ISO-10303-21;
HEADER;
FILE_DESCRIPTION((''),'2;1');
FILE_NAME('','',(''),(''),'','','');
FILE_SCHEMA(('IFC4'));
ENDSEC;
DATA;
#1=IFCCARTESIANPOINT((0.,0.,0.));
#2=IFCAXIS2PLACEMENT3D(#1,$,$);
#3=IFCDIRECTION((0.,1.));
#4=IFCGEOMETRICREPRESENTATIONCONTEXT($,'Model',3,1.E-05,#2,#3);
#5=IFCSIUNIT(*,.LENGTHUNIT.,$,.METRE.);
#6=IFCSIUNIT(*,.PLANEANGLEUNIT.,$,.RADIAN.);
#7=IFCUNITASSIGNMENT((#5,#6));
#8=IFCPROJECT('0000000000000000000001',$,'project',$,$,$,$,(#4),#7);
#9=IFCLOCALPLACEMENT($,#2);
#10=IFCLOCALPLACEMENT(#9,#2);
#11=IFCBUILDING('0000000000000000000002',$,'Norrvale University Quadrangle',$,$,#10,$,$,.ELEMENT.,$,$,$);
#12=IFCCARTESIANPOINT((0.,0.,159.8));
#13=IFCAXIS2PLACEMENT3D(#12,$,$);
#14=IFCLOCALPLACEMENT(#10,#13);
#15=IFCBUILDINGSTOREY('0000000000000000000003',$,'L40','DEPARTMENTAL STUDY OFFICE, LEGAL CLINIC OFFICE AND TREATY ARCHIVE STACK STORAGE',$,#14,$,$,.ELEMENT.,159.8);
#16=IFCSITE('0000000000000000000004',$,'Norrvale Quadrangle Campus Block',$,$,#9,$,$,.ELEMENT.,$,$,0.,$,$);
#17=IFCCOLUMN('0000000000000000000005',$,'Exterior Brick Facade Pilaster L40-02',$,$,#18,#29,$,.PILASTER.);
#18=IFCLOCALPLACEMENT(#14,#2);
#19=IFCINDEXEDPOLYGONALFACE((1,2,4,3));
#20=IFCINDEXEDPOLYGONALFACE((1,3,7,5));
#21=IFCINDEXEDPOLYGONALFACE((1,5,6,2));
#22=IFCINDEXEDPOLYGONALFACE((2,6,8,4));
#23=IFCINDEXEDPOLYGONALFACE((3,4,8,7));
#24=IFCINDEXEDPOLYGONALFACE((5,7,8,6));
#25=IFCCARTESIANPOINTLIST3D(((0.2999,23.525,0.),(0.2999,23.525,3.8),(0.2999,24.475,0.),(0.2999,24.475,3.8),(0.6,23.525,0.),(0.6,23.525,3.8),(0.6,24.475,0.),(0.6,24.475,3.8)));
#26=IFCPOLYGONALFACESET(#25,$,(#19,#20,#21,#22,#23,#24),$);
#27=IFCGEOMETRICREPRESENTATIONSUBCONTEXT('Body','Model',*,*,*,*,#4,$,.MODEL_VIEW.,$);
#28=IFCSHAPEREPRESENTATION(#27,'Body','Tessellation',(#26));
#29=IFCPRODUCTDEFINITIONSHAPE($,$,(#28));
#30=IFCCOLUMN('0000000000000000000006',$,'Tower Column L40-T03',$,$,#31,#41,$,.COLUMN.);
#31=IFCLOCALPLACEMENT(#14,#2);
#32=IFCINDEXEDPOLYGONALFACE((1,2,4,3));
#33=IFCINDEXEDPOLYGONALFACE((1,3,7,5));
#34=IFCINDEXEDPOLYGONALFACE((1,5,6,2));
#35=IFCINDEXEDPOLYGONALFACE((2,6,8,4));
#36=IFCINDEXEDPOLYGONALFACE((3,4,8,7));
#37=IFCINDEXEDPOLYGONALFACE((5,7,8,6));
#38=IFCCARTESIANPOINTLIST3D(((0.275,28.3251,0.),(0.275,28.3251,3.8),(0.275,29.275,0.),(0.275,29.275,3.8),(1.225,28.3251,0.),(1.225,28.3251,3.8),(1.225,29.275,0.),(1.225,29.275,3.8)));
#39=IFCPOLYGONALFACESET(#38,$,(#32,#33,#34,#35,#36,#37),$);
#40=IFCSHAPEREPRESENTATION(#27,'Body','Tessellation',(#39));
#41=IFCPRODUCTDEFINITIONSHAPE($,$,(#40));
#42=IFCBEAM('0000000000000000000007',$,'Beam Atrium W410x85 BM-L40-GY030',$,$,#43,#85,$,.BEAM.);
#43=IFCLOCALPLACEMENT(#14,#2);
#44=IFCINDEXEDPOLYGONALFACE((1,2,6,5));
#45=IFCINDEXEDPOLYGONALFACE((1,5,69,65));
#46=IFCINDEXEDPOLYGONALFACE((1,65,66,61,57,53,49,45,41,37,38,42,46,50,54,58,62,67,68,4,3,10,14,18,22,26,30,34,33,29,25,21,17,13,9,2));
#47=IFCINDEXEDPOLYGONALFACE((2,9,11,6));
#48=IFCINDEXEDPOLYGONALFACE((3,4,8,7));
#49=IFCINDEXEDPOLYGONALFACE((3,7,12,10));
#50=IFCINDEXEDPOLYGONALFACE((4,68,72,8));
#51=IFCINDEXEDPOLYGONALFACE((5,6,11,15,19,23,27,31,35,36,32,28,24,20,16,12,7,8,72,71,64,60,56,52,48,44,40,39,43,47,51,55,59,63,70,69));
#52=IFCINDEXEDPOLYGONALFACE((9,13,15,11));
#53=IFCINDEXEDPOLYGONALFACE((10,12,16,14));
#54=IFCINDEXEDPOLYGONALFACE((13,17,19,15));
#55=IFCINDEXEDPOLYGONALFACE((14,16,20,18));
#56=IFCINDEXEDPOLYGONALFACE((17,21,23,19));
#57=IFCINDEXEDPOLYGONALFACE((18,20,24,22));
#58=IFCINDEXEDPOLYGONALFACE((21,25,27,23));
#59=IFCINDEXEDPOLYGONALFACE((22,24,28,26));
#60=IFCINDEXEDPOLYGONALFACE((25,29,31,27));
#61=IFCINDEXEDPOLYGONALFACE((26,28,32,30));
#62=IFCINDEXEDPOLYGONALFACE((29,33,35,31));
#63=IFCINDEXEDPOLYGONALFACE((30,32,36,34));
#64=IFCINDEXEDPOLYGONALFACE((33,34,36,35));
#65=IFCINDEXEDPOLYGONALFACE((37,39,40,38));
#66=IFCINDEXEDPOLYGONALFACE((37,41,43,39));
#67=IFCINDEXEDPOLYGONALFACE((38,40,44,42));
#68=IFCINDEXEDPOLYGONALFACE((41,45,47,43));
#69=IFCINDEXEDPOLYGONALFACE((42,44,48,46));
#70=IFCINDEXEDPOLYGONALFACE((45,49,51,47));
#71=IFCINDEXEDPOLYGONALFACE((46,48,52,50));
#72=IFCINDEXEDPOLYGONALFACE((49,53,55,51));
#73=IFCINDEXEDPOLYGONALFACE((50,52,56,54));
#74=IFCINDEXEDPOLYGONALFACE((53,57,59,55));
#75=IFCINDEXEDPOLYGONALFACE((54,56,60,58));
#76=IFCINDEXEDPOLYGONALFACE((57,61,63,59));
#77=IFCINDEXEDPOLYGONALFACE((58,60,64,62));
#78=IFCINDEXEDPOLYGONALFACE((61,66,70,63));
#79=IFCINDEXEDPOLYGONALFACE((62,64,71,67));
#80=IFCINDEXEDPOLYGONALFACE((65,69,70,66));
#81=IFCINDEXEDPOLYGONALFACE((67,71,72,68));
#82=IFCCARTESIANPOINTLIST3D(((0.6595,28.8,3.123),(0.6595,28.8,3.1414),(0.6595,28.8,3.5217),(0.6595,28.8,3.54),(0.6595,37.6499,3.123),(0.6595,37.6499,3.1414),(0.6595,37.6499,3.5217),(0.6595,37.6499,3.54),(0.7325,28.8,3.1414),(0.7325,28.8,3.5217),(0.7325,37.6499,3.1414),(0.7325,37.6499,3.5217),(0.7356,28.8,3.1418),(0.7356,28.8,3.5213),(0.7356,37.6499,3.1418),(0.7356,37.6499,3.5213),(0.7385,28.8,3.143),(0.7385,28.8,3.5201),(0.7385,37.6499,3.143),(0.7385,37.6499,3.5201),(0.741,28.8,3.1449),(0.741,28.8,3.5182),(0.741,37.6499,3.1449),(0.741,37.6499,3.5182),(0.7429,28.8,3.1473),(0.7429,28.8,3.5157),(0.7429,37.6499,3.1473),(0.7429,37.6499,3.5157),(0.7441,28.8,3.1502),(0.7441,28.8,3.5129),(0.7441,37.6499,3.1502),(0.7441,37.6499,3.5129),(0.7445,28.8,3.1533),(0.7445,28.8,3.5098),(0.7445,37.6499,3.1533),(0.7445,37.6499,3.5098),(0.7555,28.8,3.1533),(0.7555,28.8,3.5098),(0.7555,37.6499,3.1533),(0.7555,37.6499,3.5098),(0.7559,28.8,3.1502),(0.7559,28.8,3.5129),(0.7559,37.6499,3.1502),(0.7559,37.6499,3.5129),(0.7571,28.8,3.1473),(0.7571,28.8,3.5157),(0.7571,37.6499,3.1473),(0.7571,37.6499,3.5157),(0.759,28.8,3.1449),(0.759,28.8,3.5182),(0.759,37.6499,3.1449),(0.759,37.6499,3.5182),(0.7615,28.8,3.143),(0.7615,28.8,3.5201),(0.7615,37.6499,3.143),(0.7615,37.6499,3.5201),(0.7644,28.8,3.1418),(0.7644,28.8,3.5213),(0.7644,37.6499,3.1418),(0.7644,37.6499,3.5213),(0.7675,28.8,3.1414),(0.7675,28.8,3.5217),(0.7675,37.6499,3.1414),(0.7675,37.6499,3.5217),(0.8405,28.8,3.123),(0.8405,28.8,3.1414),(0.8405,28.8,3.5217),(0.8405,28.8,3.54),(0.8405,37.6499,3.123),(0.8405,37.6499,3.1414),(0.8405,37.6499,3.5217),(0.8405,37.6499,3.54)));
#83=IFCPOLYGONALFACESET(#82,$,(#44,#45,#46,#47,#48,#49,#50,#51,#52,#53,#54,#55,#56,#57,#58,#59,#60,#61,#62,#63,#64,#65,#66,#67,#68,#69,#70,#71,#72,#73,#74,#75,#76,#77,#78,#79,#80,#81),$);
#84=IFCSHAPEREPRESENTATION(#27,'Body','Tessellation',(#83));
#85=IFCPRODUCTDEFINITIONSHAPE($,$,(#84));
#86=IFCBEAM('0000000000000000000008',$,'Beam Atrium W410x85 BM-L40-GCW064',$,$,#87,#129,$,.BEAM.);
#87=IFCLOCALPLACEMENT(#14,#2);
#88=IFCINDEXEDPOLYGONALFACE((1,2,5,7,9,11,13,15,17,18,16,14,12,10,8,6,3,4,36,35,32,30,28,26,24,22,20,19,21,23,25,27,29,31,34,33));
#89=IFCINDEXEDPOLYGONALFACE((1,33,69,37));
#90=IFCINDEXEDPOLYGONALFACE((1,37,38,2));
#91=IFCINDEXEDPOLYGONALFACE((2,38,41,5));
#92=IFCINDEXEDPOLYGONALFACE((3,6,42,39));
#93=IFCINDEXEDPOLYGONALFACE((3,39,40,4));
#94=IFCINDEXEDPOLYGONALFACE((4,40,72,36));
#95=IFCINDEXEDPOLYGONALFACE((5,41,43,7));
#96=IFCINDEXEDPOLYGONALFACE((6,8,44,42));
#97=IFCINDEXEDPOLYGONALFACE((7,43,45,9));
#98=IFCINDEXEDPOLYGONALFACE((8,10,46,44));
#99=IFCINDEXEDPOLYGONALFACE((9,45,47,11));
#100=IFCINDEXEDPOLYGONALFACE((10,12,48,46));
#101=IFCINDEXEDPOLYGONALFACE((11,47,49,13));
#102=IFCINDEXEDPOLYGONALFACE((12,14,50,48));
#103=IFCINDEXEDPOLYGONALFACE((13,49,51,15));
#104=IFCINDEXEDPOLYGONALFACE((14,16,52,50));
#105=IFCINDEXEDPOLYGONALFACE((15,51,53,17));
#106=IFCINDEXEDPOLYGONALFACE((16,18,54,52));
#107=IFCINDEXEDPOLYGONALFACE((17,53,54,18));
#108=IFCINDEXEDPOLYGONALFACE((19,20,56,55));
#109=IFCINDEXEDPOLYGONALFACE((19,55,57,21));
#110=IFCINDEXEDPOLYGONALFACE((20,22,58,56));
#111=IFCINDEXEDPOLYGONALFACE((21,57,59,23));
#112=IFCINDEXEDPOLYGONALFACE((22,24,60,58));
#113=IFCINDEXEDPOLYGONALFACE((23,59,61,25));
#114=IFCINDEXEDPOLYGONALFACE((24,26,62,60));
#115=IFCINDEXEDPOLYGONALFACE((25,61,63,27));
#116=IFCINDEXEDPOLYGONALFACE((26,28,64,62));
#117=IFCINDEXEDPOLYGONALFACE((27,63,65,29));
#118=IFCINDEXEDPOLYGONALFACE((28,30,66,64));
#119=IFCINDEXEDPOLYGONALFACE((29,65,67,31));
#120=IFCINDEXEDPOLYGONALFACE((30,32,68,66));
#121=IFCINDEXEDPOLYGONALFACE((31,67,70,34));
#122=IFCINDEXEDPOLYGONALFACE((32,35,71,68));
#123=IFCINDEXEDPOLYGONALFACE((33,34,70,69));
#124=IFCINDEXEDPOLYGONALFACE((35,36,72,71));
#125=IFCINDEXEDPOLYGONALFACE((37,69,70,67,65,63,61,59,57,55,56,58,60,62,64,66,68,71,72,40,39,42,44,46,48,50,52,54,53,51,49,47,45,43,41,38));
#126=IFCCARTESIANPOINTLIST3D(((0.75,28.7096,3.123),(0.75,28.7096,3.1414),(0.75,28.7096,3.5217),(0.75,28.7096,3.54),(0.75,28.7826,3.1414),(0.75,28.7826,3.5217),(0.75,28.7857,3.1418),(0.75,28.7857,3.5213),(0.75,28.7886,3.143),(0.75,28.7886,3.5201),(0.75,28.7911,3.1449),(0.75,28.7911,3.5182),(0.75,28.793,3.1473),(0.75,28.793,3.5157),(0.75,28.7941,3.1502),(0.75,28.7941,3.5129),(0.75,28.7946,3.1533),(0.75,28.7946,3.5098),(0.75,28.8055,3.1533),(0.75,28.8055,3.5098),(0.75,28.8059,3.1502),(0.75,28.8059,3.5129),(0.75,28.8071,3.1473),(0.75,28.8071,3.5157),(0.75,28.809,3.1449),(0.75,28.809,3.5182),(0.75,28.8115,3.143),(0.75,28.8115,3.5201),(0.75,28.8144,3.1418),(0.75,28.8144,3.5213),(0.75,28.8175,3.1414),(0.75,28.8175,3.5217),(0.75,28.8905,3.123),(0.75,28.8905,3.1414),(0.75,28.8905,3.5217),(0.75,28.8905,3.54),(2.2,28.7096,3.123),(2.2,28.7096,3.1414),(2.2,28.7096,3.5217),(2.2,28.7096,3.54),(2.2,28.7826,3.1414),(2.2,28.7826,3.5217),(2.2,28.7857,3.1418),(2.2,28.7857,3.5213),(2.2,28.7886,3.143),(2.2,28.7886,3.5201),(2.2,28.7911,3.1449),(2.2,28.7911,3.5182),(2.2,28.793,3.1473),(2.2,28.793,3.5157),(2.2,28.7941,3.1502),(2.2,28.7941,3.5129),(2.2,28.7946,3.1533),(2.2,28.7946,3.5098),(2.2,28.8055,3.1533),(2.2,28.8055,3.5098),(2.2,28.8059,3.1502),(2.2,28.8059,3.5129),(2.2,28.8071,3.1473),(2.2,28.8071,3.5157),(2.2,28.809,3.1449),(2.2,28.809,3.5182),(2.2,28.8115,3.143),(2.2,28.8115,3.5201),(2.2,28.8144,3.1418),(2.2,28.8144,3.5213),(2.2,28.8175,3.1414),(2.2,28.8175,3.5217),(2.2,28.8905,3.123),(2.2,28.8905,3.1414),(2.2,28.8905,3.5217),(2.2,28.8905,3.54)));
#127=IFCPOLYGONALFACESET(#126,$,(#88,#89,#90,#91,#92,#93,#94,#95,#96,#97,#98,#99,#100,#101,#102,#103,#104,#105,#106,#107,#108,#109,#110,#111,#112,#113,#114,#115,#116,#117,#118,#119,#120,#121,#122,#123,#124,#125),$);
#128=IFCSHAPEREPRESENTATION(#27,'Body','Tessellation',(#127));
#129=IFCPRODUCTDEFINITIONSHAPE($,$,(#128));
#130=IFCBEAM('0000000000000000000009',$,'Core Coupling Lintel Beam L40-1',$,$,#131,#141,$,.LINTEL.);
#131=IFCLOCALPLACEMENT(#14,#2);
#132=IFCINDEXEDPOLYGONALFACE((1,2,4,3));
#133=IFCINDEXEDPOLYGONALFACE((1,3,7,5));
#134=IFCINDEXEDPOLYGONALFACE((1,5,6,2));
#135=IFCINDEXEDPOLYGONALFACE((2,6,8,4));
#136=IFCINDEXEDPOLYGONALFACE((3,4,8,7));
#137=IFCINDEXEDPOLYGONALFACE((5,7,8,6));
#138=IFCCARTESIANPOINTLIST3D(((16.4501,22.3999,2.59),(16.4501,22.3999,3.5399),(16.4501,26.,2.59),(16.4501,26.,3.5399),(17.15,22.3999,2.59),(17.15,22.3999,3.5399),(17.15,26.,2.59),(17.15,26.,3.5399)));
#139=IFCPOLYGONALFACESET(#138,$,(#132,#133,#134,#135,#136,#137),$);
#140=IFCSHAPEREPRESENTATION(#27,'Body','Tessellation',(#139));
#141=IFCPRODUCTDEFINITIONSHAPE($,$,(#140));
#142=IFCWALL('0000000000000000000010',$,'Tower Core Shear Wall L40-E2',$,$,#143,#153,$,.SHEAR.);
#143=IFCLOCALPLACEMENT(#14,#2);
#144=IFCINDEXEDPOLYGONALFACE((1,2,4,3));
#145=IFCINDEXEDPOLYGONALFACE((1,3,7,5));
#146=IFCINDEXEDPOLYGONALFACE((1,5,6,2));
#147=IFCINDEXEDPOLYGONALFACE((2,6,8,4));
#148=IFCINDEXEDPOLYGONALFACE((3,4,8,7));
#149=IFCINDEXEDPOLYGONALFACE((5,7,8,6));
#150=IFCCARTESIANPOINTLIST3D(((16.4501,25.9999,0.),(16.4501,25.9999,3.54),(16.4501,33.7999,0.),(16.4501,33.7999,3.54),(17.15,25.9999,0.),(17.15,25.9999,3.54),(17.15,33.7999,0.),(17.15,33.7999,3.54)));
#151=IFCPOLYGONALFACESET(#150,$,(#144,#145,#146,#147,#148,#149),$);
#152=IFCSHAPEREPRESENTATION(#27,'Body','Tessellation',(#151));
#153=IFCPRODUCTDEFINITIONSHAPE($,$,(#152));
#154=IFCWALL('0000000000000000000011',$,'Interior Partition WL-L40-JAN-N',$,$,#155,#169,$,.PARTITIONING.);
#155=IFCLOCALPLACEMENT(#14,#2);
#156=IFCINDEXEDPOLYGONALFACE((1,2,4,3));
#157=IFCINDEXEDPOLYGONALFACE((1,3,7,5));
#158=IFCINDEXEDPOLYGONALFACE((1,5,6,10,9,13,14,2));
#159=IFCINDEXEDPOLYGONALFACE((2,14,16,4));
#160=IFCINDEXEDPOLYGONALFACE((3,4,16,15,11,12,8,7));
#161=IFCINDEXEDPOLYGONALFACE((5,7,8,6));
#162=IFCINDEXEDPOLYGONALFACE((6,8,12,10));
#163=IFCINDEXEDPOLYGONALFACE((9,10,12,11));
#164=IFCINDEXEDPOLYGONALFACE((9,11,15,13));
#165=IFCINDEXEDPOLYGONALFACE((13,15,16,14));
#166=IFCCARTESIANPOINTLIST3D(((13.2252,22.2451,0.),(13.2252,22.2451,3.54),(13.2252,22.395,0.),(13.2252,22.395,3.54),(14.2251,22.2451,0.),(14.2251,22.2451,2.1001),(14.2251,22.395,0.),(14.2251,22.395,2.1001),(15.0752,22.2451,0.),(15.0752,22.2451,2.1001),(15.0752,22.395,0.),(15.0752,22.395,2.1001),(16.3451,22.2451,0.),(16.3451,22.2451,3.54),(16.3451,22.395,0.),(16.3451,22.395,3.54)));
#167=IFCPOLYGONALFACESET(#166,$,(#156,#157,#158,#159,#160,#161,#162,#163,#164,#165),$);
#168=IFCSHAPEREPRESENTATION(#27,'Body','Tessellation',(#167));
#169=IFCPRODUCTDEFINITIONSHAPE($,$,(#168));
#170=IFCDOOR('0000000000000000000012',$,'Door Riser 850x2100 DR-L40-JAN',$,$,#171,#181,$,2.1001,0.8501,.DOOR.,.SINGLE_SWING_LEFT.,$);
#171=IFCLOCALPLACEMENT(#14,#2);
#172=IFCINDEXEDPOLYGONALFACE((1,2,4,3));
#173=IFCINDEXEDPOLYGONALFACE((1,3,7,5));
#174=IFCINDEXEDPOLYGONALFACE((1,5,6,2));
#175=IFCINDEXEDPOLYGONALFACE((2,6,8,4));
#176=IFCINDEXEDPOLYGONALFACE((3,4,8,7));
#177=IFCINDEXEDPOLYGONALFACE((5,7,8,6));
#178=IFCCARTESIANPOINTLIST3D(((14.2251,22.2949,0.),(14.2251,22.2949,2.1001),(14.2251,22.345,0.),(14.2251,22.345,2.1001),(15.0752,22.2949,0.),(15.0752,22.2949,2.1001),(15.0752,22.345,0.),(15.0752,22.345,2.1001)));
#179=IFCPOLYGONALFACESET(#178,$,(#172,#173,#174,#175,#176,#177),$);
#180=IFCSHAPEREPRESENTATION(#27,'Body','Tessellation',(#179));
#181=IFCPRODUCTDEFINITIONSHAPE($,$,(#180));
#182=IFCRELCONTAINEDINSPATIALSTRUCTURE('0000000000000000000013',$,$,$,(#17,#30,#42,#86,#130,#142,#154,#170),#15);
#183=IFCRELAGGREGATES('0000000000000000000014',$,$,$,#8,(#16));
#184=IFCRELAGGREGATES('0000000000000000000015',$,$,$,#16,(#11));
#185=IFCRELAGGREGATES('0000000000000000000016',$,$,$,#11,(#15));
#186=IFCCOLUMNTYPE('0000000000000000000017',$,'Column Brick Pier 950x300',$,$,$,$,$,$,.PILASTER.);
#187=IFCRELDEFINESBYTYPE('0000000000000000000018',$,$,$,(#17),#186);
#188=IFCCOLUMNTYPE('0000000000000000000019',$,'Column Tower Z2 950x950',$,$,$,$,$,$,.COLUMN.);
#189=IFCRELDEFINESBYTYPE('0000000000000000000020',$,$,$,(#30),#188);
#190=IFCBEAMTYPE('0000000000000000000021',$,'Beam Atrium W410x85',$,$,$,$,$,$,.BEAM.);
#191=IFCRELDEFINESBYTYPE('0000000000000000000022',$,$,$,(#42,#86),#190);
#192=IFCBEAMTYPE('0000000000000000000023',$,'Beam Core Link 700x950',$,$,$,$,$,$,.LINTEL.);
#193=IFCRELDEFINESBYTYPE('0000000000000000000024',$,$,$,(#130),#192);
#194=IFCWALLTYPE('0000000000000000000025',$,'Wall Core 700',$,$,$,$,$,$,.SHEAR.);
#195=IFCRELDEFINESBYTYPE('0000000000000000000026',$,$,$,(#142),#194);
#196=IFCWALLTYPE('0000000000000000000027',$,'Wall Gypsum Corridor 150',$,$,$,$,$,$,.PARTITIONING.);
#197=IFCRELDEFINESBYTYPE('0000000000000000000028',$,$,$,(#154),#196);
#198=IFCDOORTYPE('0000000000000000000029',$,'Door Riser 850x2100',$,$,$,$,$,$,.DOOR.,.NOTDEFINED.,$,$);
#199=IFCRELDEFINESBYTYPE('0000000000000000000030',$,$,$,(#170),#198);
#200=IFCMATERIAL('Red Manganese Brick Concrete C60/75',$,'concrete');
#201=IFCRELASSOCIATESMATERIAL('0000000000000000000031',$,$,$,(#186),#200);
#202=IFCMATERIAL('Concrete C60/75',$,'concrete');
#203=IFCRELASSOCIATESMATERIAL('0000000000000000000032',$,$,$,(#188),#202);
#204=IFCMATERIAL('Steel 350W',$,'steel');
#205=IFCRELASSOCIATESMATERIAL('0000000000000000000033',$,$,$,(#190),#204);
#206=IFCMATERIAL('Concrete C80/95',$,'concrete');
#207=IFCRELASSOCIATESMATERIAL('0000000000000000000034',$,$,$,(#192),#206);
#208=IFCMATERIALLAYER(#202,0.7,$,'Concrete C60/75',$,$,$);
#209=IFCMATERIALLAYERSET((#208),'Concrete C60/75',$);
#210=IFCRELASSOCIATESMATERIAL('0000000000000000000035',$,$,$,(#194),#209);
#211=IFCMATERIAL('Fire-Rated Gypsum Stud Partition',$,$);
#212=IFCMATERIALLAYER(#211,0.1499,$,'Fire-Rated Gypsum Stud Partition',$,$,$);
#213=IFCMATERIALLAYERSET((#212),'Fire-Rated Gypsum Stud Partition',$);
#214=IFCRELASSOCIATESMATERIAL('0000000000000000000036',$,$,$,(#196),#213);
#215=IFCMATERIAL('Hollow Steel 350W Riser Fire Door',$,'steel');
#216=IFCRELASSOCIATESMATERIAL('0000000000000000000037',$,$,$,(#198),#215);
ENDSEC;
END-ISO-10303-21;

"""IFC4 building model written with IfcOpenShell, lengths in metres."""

from ifc_helpers import new_model, si_unit, direction, frame, frame_2d, origin, origin_2d, place, context, subcontext, project, spatial, rectangle, i_section, extrude, material, layer, layer_set, material_profile, profile_set, type_object, element, fill, save


model = new_model("IFC4")

# Units and contexts
model_context = context("Model", 3, precision=1e-05, world=origin(), true_north=direction((0.0, 1.0)))
body_context = subcontext(model_context, "Body", "Model", "MODEL_VIEW")
ifc_project = project(units=[si_unit("LENGTHUNIT", "METRE"), si_unit("PLANEANGLEUNIT", "RADIAN")], contexts=[model_context])

# Site, building, storey
site_placement = place(None, origin())
site = spatial("IfcSite", under=ifc_project, at=site_placement, Name="Norrvale Quadrangle Campus Block", CompositionType="ELEMENT", RefElevation=0.0)
building_placement = place(site_placement, origin())
building = spatial("IfcBuilding", under=site, at=building_placement, Name="Norrvale University Quadrangle", CompositionType="ELEMENT")
storey_placement = place(building_placement, frame((0.0, 0.0, 159.8)))
storey = spatial("IfcBuildingStorey", under=building, at=storey_placement, Name="L40", Description="DEPARTMENTAL STUDY OFFICE, LEGAL CLINIC OFFICE AND TREATY ARCHIVE STACK STORAGE", CompositionType="ELEMENT", Elevation=159.8)

# Columns
ifc_material_1 = material(Name="Red Manganese Brick Concrete C60/75", Category="concrete")
ifc_material_profile_1 = material_profile(ifc_material_1, rectangle(XDim=0.95, YDim=0.3, at=origin_2d()), Name="Red Manganese Brick Concrete C60/75")
ifc_profile_set_1 = profile_set([ifc_material_profile_1], Name="Red Manganese Brick Concrete C60/75")
column_type_1 = type_object("IfcColumnType", Name="Column Brick Pier 950x300", PredefinedType="PILASTER", material=ifc_profile_set_1)
column_1_placement = place(storey_placement, frame((0.45, 24.0, 0.0), z_axis=(0.0, 0.0, 1.0), x_axis=(0.0, 1.0, 0.0)))
element("IfcColumn", 1, at=column_1_placement, inside=storey, type_object=column_type_1, Name="Exterior Brick Facade Pilaster L40-02", PredefinedType="PILASTER", context=body_context, shape_type="SweptSolid", body=[
    extrude(rectangle(XDim=0.95, YDim=0.3, at=origin_2d()), origin(), (0.0, 0.0, 1.0), 3.8),
])
ifc_material_2 = material(Name="Concrete C60/75", Category="concrete")
ifc_material_profile_2 = material_profile(ifc_material_2, rectangle(XDim=0.95, YDim=0.95, at=origin_2d()), Name="Concrete C60/75")
ifc_profile_set_2 = profile_set([ifc_material_profile_2], Name="Concrete C60/75")
column_type_2 = type_object("IfcColumnType", Name="Column Tower Z2 950x950", PredefinedType="COLUMN", material=ifc_profile_set_2)
column_2_placement = place(storey_placement, frame((0.75, 28.8, 0.0), z_axis=(0.0, 0.0, 1.0), x_axis=(1.0, 0.0, 0.0)))
element("IfcColumn", 2, at=column_2_placement, inside=storey, type_object=column_type_2, Name="Tower Column L40-T03", PredefinedType="COLUMN", context=body_context, shape_type="SweptSolid", body=[
    extrude(rectangle(XDim=0.95, YDim=0.95, at=origin_2d()), origin(), (0.0, 0.0, 1.0), 3.8),
])

# Beams
ifc_material_3 = material(Name="Steel 350W", Category="steel")
ifc_material_profile_3 = material_profile(ifc_material_3, i_section(OverallWidth=0.1809, OverallDepth=0.417, WebThickness=0.011, FlangeThickness=0.0183, FilletRadius=0.012, at=origin_2d()), Name="Steel 350W")
ifc_profile_set_3 = profile_set([ifc_material_profile_3], Name="Steel 350W")
beam_type_1 = type_object("IfcBeamType", Name="Beam Atrium W410x85", PredefinedType="BEAM", material=ifc_profile_set_3)
beam_1_placement = place(storey_placement, frame((0.75, 28.8, 3.3315), z_axis=(0.0, 1.0, 0.0), x_axis=(-1.0, 0.0, 0.0)))
element("IfcBeam", 3, at=beam_1_placement, inside=storey, type_object=beam_type_1, Name="Beam Atrium W410x85 BM-L40-GY030", PredefinedType="BEAM", context=body_context, shape_type="SweptSolid", body=[
    extrude(i_section(OverallWidth=0.1809, OverallDepth=0.417, WebThickness=0.011, FlangeThickness=0.0183, FilletRadius=0.012, at=origin_2d()), origin(), (0.0, 0.0, 1.0), 8.8499),
])
beam_2_placement = place(storey_placement, frame((0.75, 28.8, 3.3315), z_axis=(1.0, 0.0, 0.0), x_axis=(0.0, 1.0, 0.0)))
element("IfcBeam", 4, at=beam_2_placement, inside=storey, type_object=beam_type_1, Name="Beam Atrium W410x85 BM-L40-GCW064", PredefinedType="BEAM", context=body_context, shape_type="SweptSolid", body=[
    extrude(i_section(OverallWidth=0.1809, OverallDepth=0.417, WebThickness=0.011, FlangeThickness=0.0183, FilletRadius=0.012, at=origin_2d()), origin(), (0.0, 0.0, 1.0), 1.45),
])
ifc_material_4 = material(Name="Concrete C80/95", Category="concrete")
ifc_material_profile_4 = material_profile(ifc_material_4, rectangle(XDim=0.7, YDim=0.95, at=origin_2d()), Name="Concrete C80/95")
ifc_profile_set_4 = profile_set([ifc_material_profile_4], Name="Concrete C80/95")
beam_type_2 = type_object("IfcBeamType", Name="Beam Core Link 700x950", PredefinedType="LINTEL", material=ifc_profile_set_4)
beam_3_placement = place(storey_placement, frame((16.8, 22.3999, 3.0649), z_axis=(0.0, 1.0, 0.0), x_axis=(-1.0, 0.0, 0.0)))
element("IfcBeam", 5, at=beam_3_placement, inside=storey, type_object=beam_type_2, Name="Core Coupling Lintel Beam L40-1", PredefinedType="LINTEL", context=body_context, shape_type="SweptSolid", body=[
    extrude(rectangle(XDim=0.7, YDim=0.95, at=origin_2d()), origin(), (0.0, 0.0, 1.0), 3.6001),
])

# Wall
ifc_layer_1 = layer(ifc_material_2, 0.7, Name="Concrete C60/75")
ifc_layer_set_1 = layer_set([ifc_layer_1], Name="Concrete C60/75")
wall_type_1 = type_object("IfcWallType", Name="Wall Core 700", PredefinedType="SHEAR", material=ifc_layer_set_1)
wall_1_placement = place(storey_placement, frame((16.8, 26.0, 0.0), z_axis=(0.0, 0.0, 1.0), x_axis=(0.0, 1.0, 0.0)))
element("IfcWall", 6, at=wall_1_placement, inside=storey, type_object=wall_type_1, Name="Tower Core Shear Wall L40-E2", PredefinedType="SHEAR", context=body_context, shape_type="SweptSolid", body=[
    extrude(rectangle(XDim=7.8, YDim=0.7, at=frame_2d((3.8999, 0.0))), origin(), (0.0, 0.0, 1.0), 3.54),
])

# Wall, opening, door
ifc_material_5 = material(Name="Fire-Rated Gypsum Stud Partition")
ifc_layer_2 = layer(ifc_material_5, 0.1499, Name="Fire-Rated Gypsum Stud Partition")
ifc_layer_set_2 = layer_set([ifc_layer_2], Name="Fire-Rated Gypsum Stud Partition")
wall_type_2 = type_object("IfcWallType", Name="Wall Gypsum Corridor 150", PredefinedType="PARTITIONING", material=ifc_layer_set_2)
wall_2_placement = place(storey_placement, frame((13.2251, 22.3201, 0.0), z_axis=(0.0, 0.0, 1.0), x_axis=(1.0, 0.0, 0.0)))
wall_2 = element("IfcWall", 7, at=wall_2_placement, inside=storey, type_object=wall_type_2, Name="Interior Partition WL-L40-JAN-N", PredefinedType="PARTITIONING", context=body_context, shape_type="SweptSolid", body=[
    extrude(rectangle(XDim=3.1199, YDim=0.1499, at=frame_2d((1.5601, 0.0))), origin(), (0.0, 0.0, 1.0), 3.54),
])
opening_1_placement = place(wall_2_placement, frame((1.0, 0.0, 0.0)))
opening_1 = element("IfcOpeningElement", 8, at=opening_1_placement, cuts=wall_2, PredefinedType="OPENING", context=body_context, shape_type="SweptSolid", body=[
    extrude(rectangle(XDim=0.8501, YDim=2.1001, at=frame_2d((0.425, 1.05))), frame((0.0, 0.0869, 0.0), z_axis=(0.0, -1.0, 0.0), x_axis=(1.0, 0.0, 0.0)), (0.0, 0.0, 1.0), 0.1738),
])
ifc_material_6 = material(Name="Hollow Steel 350W Riser Fire Door", Category="steel")
door_type_1 = type_object("IfcDoorType", Name="Door Riser 850x2100", OperationType="NOTDEFINED", PredefinedType="DOOR", material=ifc_material_6)
door_1_placement = place(opening_1_placement, origin())
door_1 = element("IfcDoor", 9, at=door_1_placement, inside=storey, type_object=door_type_1, Name="Door Riser 850x2100 DR-L40-JAN", OperationType="SINGLE_SWING_LEFT", OverallHeight=2.1001, OverallWidth=0.8501, PredefinedType="DOOR", context=body_context, shape_type="SweptSolid", body=[
    extrude(rectangle(XDim=0.8501, YDim=2.1001, at=frame_2d((0.425, 1.05))), frame((0.0, 0.0249, 0.0), z_axis=(0.0, -1.0, 0.0), x_axis=(1.0, 0.0, 0.0)), (0.0, 0.0, 1.0), 0.05),
])
fill(opening_1, door_1)

save(model, "model.ifc")
